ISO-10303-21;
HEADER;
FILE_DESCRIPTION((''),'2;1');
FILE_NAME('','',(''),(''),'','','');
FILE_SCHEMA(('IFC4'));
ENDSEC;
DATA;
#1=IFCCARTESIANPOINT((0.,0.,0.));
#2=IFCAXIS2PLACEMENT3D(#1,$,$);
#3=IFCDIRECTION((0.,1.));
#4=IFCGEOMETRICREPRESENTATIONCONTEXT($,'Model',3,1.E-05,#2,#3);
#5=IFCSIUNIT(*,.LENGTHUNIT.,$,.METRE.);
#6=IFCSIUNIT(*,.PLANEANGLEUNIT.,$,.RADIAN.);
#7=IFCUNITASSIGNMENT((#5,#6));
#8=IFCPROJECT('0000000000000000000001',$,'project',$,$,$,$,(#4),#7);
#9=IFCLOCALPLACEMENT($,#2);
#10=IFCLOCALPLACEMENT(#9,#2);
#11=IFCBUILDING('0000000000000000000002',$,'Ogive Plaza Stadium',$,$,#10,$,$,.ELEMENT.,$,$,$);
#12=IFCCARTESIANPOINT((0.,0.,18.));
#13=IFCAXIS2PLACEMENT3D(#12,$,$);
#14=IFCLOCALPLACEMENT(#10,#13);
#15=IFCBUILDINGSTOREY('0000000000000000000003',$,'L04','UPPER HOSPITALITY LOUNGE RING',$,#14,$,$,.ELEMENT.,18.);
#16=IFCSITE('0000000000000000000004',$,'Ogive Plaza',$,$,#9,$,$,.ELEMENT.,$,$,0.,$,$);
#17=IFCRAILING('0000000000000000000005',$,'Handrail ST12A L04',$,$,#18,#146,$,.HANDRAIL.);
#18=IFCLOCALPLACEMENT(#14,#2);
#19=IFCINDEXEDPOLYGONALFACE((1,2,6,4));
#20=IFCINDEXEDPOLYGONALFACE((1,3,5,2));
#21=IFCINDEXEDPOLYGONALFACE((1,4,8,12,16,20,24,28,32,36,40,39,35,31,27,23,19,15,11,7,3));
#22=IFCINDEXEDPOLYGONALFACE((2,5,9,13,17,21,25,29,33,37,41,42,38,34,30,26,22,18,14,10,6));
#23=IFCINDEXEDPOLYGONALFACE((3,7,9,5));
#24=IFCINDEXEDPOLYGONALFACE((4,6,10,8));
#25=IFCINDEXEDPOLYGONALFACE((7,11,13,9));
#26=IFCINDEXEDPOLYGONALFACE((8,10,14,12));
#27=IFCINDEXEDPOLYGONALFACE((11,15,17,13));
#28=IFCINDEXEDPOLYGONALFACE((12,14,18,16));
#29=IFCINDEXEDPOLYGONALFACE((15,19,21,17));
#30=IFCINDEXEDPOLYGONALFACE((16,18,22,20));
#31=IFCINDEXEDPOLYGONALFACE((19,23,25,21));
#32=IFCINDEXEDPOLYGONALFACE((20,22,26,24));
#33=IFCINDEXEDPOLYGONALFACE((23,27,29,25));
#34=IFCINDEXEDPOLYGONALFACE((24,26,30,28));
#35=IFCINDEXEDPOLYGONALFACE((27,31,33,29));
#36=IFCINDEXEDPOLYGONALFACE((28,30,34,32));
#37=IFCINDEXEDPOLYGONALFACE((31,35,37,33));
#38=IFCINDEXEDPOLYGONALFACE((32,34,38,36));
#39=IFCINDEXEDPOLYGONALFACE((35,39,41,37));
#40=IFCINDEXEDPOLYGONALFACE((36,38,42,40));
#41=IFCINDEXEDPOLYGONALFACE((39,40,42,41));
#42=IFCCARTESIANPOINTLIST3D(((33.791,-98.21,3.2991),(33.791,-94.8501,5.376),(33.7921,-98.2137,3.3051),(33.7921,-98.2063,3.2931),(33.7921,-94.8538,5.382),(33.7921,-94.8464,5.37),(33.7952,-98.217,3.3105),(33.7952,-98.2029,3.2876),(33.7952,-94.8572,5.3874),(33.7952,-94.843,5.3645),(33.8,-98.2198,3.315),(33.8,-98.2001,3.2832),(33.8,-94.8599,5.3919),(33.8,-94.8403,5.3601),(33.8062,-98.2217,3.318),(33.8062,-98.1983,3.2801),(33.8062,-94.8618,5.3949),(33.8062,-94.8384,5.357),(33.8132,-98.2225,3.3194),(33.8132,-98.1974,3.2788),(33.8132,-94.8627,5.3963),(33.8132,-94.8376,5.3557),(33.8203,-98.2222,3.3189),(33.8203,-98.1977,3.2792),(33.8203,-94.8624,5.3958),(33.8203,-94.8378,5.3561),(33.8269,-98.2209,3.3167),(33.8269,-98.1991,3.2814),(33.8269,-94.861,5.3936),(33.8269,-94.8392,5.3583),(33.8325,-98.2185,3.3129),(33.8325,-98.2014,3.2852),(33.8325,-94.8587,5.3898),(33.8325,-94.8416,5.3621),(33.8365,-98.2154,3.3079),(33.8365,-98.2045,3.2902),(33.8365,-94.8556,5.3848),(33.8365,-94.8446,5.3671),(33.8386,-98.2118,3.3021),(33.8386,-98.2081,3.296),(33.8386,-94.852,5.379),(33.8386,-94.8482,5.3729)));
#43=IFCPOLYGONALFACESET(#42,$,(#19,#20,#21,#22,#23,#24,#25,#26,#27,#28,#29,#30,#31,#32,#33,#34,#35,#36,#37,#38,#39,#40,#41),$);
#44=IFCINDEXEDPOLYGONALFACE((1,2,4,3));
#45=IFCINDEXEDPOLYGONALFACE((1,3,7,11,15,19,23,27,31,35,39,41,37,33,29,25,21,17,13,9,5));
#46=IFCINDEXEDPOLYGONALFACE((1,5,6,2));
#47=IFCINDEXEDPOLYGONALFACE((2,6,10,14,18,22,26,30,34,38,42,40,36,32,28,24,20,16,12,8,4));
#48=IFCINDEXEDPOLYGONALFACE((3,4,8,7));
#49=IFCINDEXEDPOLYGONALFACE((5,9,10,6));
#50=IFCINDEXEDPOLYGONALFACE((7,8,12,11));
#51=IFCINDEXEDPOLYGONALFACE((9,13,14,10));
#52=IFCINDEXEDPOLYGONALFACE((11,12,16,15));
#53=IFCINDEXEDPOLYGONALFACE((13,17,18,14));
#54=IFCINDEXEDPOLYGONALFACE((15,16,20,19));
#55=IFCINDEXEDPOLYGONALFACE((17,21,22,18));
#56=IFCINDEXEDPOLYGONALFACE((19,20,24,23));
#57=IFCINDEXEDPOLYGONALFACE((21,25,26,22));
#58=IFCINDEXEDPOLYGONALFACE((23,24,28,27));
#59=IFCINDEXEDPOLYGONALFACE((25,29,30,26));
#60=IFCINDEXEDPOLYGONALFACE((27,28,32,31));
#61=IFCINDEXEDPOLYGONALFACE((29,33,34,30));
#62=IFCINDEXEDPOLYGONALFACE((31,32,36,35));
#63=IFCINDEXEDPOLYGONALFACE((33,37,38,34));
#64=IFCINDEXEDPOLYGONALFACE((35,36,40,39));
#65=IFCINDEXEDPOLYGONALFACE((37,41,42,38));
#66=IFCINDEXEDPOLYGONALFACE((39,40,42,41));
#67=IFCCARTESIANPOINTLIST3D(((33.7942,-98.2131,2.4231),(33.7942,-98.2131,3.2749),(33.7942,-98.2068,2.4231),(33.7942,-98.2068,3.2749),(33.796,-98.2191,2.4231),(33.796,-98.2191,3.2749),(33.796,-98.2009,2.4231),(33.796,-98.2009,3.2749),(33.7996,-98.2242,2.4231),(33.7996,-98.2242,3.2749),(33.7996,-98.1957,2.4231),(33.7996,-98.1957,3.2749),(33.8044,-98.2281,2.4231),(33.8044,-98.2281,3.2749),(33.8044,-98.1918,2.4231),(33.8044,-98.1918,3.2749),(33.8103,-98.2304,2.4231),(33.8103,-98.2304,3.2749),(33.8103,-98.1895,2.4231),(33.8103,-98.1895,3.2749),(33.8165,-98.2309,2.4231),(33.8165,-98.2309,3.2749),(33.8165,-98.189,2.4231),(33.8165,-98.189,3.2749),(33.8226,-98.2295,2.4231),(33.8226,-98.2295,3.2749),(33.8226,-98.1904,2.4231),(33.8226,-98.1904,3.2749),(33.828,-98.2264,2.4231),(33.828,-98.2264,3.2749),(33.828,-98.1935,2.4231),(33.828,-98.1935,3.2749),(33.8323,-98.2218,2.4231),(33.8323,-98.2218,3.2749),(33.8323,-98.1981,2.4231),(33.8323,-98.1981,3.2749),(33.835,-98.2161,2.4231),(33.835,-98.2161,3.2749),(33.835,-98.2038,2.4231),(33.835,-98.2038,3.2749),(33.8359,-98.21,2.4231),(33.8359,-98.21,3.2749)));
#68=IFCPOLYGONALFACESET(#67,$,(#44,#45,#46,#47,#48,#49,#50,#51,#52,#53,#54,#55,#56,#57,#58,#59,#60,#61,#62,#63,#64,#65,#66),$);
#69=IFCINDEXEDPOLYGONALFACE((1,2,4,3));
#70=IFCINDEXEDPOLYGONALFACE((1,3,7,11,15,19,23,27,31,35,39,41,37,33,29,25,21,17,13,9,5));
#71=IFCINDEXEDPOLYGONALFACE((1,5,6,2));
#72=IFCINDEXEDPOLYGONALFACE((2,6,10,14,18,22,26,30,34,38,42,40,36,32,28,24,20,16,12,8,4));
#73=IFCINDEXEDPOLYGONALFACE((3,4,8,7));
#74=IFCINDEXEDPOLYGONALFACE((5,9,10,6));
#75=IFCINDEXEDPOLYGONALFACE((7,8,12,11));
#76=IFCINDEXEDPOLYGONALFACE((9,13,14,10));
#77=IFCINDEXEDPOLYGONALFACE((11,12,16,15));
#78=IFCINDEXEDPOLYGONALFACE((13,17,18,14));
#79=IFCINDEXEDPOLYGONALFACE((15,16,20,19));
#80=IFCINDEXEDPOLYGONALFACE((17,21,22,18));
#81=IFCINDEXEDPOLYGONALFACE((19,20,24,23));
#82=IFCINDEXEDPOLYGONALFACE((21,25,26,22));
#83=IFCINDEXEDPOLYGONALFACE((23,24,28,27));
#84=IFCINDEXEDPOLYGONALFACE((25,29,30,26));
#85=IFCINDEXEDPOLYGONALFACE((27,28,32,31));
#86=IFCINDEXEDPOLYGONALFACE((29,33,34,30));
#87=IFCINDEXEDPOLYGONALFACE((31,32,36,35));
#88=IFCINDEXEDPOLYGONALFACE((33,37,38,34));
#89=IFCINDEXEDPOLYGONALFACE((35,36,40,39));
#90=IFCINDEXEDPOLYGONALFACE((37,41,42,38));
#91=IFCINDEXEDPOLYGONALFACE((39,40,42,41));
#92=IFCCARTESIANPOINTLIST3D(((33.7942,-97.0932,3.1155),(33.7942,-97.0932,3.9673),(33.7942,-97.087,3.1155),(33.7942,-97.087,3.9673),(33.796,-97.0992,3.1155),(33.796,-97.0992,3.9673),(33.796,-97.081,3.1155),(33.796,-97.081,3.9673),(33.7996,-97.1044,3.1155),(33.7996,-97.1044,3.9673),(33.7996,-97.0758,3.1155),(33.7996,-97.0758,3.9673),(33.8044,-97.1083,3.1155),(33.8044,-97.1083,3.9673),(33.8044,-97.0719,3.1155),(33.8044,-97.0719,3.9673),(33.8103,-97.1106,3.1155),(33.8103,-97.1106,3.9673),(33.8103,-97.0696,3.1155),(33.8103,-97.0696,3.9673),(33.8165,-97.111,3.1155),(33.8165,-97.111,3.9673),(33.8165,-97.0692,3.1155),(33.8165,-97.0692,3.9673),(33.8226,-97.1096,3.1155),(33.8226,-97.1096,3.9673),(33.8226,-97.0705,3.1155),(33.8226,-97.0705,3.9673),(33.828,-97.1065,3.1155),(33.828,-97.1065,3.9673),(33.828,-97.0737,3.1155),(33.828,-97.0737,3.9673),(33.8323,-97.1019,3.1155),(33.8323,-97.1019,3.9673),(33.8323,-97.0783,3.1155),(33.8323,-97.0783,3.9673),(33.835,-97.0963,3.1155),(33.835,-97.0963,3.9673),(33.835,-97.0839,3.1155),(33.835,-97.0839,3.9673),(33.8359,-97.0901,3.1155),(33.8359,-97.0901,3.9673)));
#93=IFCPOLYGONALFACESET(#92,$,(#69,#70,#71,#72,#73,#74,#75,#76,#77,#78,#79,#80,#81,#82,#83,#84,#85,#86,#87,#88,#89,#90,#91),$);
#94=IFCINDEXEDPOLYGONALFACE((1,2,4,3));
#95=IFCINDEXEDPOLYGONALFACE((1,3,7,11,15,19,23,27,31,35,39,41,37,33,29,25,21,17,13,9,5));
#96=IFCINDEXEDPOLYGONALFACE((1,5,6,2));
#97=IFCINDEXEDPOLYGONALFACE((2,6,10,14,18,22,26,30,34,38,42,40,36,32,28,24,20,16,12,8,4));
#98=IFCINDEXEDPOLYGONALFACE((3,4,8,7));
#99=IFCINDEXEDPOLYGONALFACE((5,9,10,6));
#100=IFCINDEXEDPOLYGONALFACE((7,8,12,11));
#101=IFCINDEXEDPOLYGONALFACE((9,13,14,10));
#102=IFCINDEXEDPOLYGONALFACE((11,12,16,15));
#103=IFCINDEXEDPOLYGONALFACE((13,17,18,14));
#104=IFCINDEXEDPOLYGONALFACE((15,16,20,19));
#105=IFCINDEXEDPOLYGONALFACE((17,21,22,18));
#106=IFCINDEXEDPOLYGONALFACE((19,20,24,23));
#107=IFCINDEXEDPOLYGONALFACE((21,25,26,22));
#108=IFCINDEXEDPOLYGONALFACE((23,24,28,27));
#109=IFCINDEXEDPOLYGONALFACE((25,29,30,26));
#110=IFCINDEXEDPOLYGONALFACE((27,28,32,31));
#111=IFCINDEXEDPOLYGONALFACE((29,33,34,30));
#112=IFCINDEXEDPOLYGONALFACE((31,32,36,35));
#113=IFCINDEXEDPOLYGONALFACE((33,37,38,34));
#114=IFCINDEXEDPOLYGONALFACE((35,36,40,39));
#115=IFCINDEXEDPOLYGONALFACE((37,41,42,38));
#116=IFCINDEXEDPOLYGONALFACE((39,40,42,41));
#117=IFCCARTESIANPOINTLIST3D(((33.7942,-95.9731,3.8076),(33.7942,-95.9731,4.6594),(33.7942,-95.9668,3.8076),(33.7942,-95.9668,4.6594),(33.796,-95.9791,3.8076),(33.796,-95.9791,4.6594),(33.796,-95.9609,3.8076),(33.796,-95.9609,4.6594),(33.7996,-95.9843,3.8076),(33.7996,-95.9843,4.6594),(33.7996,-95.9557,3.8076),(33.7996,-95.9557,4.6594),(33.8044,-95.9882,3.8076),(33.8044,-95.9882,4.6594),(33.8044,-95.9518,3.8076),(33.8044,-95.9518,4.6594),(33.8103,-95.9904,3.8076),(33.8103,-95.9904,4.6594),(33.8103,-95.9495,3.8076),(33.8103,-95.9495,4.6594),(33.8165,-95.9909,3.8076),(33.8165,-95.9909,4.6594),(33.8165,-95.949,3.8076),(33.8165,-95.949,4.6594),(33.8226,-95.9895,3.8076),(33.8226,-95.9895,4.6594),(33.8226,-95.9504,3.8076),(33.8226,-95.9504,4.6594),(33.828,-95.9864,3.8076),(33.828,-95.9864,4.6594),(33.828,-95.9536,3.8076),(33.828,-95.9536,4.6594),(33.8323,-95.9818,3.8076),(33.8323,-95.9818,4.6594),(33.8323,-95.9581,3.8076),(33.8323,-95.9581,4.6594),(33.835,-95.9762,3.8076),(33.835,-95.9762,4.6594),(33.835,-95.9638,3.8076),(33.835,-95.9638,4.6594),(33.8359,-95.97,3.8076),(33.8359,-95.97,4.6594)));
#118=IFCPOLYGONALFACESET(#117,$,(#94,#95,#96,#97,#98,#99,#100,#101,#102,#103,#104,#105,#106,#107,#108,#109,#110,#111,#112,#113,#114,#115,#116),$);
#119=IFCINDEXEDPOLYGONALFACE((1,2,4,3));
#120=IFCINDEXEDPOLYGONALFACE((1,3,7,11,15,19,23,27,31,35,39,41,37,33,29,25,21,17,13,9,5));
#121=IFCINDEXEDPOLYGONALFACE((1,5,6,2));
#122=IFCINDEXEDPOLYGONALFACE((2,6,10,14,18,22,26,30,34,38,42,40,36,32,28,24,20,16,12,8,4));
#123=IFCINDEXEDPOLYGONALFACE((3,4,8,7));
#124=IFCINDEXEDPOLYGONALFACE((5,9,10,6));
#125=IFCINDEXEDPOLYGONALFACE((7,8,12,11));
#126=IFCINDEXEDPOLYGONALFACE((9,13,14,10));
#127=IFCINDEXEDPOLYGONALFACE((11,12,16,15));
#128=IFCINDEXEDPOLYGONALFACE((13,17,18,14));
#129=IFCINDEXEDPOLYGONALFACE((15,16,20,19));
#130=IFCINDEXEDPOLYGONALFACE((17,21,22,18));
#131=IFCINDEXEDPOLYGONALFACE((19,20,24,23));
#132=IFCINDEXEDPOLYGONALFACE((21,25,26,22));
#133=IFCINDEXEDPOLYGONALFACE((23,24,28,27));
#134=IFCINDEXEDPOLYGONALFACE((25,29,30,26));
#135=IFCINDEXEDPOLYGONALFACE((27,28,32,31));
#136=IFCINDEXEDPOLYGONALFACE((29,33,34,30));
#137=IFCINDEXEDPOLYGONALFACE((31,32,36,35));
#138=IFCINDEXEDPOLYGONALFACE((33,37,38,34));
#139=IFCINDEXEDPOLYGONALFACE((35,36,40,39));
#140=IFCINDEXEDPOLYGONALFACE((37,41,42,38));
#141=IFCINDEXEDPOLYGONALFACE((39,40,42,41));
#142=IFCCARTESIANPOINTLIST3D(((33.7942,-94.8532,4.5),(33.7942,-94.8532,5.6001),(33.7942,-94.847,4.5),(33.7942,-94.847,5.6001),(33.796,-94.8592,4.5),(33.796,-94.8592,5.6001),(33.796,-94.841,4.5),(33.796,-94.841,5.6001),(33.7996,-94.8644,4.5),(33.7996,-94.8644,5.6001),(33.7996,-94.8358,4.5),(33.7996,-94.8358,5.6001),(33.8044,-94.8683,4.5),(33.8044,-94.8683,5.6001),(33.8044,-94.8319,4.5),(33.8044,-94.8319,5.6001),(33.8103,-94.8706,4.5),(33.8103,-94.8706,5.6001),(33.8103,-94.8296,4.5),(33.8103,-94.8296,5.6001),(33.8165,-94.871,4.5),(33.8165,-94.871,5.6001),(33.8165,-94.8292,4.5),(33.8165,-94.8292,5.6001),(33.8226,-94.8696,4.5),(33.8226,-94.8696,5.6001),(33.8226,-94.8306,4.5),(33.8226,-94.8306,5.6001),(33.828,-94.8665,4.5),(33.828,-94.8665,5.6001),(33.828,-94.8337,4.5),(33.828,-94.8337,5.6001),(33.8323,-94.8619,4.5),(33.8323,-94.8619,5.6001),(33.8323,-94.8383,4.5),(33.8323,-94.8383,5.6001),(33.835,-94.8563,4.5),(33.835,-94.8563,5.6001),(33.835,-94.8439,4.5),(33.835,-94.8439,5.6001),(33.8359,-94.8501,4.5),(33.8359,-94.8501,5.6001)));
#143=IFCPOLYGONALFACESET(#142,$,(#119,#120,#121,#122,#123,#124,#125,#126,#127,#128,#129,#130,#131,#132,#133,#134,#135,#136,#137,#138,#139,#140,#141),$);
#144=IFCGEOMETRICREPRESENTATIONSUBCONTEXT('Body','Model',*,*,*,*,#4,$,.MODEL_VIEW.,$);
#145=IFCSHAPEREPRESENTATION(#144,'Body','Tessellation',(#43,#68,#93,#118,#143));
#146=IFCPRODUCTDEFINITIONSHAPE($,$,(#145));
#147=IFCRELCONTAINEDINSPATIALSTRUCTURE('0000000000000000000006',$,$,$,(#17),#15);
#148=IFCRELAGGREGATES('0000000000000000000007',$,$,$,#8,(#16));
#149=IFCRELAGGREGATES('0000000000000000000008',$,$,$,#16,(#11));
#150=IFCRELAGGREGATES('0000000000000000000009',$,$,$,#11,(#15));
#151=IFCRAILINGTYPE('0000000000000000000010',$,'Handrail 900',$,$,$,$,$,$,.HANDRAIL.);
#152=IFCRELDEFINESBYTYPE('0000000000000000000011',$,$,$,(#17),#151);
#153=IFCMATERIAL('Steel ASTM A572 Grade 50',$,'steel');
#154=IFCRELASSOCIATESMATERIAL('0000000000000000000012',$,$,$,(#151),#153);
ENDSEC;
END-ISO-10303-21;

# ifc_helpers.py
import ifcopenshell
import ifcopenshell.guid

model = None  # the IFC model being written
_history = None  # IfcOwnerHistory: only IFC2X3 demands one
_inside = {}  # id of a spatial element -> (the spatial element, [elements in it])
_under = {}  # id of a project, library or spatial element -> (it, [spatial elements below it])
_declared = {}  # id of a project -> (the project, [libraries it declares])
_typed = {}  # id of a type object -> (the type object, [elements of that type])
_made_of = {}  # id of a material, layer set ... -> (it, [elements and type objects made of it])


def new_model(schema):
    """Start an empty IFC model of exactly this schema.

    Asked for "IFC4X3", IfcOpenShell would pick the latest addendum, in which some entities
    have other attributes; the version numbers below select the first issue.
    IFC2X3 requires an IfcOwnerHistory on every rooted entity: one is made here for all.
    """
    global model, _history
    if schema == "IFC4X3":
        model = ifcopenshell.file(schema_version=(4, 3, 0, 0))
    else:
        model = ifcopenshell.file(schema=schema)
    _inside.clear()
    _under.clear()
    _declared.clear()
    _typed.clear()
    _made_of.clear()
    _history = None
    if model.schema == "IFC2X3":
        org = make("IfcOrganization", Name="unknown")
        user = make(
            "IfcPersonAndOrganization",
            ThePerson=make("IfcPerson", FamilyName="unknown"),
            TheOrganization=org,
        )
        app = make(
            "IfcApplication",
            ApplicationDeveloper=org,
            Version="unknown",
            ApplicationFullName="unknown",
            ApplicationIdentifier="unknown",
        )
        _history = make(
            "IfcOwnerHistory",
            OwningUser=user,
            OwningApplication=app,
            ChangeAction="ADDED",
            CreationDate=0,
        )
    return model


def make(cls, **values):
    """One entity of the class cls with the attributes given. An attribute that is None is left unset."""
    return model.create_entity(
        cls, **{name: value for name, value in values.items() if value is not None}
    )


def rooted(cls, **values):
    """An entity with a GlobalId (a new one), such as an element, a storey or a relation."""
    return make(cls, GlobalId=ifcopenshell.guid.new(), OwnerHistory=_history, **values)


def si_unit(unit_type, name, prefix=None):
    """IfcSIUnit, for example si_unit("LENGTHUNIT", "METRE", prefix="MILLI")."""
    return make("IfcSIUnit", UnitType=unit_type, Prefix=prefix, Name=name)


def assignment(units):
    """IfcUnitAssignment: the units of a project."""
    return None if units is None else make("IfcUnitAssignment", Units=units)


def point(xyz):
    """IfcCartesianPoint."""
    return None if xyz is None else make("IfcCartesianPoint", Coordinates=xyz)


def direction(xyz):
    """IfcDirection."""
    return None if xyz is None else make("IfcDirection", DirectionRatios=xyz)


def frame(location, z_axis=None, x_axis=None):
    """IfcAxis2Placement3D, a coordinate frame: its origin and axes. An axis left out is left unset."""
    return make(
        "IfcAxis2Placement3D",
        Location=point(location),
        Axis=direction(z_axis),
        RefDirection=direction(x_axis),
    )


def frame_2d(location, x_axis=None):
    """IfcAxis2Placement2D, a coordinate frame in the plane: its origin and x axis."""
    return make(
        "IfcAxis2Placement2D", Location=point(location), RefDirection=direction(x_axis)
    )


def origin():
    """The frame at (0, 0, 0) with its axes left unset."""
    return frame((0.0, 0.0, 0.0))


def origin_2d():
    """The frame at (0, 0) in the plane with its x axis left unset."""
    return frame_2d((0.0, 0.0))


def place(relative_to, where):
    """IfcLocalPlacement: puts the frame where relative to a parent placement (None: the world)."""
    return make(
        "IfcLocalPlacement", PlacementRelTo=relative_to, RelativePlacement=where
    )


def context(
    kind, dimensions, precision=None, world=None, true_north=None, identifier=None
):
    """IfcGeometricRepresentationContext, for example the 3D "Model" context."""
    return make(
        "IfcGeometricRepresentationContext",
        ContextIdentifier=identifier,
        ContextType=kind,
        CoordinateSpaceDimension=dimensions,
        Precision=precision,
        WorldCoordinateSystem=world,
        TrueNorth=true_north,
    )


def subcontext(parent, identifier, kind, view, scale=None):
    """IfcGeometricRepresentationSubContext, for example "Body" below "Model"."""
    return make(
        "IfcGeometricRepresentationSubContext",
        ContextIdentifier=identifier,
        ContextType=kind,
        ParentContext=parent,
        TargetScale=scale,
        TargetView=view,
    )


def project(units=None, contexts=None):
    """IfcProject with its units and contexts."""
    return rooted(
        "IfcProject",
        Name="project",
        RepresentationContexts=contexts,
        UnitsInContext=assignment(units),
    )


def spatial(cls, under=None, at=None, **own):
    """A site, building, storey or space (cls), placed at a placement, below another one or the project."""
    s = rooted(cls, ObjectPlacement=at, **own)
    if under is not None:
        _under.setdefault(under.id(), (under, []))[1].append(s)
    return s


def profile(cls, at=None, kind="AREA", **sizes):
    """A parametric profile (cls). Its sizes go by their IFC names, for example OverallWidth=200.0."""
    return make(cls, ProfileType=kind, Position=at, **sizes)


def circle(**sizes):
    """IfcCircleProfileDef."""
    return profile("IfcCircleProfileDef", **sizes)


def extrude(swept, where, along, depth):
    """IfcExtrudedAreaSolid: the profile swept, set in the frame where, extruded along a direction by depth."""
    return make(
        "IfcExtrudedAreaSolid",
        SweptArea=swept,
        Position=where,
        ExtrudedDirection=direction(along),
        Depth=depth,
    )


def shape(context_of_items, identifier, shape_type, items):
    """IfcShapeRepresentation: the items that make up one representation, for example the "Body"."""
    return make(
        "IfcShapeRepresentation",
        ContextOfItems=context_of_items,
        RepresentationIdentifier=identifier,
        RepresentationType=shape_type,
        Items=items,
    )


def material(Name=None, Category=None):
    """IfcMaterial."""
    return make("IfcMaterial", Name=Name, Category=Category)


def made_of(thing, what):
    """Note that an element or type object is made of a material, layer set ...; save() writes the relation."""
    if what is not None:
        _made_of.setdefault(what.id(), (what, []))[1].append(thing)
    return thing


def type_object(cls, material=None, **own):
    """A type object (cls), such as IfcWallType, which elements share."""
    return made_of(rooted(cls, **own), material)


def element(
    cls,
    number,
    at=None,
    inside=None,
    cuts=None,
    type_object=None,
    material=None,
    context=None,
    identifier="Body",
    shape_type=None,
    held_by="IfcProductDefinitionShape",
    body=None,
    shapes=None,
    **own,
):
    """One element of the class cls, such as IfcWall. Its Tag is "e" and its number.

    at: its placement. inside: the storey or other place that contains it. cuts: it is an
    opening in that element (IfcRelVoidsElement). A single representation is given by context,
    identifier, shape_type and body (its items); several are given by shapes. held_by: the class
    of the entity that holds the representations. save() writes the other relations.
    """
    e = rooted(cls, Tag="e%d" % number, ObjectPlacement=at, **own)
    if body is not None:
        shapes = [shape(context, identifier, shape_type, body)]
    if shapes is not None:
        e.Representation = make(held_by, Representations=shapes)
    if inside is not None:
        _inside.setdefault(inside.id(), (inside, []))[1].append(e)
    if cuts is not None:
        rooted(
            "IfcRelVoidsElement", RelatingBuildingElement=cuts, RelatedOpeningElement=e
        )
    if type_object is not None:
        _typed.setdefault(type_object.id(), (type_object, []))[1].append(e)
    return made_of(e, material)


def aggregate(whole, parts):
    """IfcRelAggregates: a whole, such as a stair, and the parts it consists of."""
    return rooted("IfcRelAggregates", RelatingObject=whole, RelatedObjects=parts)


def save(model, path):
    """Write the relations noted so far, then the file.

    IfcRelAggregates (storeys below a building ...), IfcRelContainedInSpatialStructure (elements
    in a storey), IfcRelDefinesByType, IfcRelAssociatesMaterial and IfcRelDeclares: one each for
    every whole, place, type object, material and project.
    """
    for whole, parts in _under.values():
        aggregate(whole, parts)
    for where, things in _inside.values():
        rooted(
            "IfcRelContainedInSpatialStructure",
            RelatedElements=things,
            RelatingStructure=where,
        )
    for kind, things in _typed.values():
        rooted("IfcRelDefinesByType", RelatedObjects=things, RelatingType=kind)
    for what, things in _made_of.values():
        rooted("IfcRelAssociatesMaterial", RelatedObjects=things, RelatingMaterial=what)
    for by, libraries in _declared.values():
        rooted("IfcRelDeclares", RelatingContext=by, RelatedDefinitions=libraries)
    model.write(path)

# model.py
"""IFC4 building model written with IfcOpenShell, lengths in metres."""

from ifc_helpers import new_model, si_unit, direction, frame, origin, origin_2d, place, context, subcontext, project, spatial, circle, extrude, material, type_object, element, save


model = new_model("IFC4")

# Units and contexts
model_context = context("Model", 3, precision=1e-05, world=origin(), true_north=direction((0.0, 1.0)))
body_context = subcontext(model_context, "Body", "Model", "MODEL_VIEW")
ifc_project = project(units=[si_unit("LENGTHUNIT", "METRE"), si_unit("PLANEANGLEUNIT", "RADIAN")], contexts=[model_context])

# Site, building, storey
site_placement = place(None, origin())
site = spatial("IfcSite", under=ifc_project, at=site_placement, Name="Ogive Plaza", CompositionType="ELEMENT", RefElevation=0.0)
building_placement = place(site_placement, origin())
building = spatial("IfcBuilding", under=site, at=building_placement, Name="Ogive Plaza Stadium", CompositionType="ELEMENT")
storey_placement = place(building_placement, frame((0.0, 0.0, 18.0)))
storey = spatial("IfcBuildingStorey", under=building, at=storey_placement, Name="L04", Description="UPPER HOSPITALITY LOUNGE RING", CompositionType="ELEMENT", Elevation=18.0)

# Railing
ifc_material_1 = material(Name="Steel ASTM A572 Grade 50", Category="steel")
railing_type_1 = type_object("IfcRailingType", Name="Handrail 900", PredefinedType="HANDRAIL", material=ifc_material_1)
railing_1_placement = place(storey_placement, frame((33.8149, -98.21, 2.4231)))
element("IfcRailing", 1, at=railing_1_placement, inside=storey, type_object=railing_type_1, Name="Handrail ST12A L04", PredefinedType="HANDRAIL", context=body_context, shape_type="SweptSolid", body=[
    extrude(circle(Radius=0.0239, at=origin_2d()), frame((0.0, 0.0, 0.876), z_axis=(0.0, 0.850606, 0.525803), x_axis=(-1.0, 0.0, 0.0)), (0.0, 0.0, 1.0), 3.95),
    extrude(circle(Radius=0.021, at=origin_2d()), origin(), (0.0, 0.0, 1.0), 0.8518),
    extrude(circle(Radius=0.021, at=origin_2d()), frame((0.0, 1.1199, 0.6924)), (0.0, 0.0, 1.0), 0.8518),
    extrude(circle(Radius=0.021, at=origin_2d()), frame((0.0, 2.24, 1.3845)), (0.0, 0.0, 1.0), 0.8518),
    extrude(circle(Radius=0.021, at=origin_2d()), frame((0.0, 3.3599, 2.0769)), (0.0, 0.0, 1.0), 1.1001),
])

save(model, "model.ifc")
